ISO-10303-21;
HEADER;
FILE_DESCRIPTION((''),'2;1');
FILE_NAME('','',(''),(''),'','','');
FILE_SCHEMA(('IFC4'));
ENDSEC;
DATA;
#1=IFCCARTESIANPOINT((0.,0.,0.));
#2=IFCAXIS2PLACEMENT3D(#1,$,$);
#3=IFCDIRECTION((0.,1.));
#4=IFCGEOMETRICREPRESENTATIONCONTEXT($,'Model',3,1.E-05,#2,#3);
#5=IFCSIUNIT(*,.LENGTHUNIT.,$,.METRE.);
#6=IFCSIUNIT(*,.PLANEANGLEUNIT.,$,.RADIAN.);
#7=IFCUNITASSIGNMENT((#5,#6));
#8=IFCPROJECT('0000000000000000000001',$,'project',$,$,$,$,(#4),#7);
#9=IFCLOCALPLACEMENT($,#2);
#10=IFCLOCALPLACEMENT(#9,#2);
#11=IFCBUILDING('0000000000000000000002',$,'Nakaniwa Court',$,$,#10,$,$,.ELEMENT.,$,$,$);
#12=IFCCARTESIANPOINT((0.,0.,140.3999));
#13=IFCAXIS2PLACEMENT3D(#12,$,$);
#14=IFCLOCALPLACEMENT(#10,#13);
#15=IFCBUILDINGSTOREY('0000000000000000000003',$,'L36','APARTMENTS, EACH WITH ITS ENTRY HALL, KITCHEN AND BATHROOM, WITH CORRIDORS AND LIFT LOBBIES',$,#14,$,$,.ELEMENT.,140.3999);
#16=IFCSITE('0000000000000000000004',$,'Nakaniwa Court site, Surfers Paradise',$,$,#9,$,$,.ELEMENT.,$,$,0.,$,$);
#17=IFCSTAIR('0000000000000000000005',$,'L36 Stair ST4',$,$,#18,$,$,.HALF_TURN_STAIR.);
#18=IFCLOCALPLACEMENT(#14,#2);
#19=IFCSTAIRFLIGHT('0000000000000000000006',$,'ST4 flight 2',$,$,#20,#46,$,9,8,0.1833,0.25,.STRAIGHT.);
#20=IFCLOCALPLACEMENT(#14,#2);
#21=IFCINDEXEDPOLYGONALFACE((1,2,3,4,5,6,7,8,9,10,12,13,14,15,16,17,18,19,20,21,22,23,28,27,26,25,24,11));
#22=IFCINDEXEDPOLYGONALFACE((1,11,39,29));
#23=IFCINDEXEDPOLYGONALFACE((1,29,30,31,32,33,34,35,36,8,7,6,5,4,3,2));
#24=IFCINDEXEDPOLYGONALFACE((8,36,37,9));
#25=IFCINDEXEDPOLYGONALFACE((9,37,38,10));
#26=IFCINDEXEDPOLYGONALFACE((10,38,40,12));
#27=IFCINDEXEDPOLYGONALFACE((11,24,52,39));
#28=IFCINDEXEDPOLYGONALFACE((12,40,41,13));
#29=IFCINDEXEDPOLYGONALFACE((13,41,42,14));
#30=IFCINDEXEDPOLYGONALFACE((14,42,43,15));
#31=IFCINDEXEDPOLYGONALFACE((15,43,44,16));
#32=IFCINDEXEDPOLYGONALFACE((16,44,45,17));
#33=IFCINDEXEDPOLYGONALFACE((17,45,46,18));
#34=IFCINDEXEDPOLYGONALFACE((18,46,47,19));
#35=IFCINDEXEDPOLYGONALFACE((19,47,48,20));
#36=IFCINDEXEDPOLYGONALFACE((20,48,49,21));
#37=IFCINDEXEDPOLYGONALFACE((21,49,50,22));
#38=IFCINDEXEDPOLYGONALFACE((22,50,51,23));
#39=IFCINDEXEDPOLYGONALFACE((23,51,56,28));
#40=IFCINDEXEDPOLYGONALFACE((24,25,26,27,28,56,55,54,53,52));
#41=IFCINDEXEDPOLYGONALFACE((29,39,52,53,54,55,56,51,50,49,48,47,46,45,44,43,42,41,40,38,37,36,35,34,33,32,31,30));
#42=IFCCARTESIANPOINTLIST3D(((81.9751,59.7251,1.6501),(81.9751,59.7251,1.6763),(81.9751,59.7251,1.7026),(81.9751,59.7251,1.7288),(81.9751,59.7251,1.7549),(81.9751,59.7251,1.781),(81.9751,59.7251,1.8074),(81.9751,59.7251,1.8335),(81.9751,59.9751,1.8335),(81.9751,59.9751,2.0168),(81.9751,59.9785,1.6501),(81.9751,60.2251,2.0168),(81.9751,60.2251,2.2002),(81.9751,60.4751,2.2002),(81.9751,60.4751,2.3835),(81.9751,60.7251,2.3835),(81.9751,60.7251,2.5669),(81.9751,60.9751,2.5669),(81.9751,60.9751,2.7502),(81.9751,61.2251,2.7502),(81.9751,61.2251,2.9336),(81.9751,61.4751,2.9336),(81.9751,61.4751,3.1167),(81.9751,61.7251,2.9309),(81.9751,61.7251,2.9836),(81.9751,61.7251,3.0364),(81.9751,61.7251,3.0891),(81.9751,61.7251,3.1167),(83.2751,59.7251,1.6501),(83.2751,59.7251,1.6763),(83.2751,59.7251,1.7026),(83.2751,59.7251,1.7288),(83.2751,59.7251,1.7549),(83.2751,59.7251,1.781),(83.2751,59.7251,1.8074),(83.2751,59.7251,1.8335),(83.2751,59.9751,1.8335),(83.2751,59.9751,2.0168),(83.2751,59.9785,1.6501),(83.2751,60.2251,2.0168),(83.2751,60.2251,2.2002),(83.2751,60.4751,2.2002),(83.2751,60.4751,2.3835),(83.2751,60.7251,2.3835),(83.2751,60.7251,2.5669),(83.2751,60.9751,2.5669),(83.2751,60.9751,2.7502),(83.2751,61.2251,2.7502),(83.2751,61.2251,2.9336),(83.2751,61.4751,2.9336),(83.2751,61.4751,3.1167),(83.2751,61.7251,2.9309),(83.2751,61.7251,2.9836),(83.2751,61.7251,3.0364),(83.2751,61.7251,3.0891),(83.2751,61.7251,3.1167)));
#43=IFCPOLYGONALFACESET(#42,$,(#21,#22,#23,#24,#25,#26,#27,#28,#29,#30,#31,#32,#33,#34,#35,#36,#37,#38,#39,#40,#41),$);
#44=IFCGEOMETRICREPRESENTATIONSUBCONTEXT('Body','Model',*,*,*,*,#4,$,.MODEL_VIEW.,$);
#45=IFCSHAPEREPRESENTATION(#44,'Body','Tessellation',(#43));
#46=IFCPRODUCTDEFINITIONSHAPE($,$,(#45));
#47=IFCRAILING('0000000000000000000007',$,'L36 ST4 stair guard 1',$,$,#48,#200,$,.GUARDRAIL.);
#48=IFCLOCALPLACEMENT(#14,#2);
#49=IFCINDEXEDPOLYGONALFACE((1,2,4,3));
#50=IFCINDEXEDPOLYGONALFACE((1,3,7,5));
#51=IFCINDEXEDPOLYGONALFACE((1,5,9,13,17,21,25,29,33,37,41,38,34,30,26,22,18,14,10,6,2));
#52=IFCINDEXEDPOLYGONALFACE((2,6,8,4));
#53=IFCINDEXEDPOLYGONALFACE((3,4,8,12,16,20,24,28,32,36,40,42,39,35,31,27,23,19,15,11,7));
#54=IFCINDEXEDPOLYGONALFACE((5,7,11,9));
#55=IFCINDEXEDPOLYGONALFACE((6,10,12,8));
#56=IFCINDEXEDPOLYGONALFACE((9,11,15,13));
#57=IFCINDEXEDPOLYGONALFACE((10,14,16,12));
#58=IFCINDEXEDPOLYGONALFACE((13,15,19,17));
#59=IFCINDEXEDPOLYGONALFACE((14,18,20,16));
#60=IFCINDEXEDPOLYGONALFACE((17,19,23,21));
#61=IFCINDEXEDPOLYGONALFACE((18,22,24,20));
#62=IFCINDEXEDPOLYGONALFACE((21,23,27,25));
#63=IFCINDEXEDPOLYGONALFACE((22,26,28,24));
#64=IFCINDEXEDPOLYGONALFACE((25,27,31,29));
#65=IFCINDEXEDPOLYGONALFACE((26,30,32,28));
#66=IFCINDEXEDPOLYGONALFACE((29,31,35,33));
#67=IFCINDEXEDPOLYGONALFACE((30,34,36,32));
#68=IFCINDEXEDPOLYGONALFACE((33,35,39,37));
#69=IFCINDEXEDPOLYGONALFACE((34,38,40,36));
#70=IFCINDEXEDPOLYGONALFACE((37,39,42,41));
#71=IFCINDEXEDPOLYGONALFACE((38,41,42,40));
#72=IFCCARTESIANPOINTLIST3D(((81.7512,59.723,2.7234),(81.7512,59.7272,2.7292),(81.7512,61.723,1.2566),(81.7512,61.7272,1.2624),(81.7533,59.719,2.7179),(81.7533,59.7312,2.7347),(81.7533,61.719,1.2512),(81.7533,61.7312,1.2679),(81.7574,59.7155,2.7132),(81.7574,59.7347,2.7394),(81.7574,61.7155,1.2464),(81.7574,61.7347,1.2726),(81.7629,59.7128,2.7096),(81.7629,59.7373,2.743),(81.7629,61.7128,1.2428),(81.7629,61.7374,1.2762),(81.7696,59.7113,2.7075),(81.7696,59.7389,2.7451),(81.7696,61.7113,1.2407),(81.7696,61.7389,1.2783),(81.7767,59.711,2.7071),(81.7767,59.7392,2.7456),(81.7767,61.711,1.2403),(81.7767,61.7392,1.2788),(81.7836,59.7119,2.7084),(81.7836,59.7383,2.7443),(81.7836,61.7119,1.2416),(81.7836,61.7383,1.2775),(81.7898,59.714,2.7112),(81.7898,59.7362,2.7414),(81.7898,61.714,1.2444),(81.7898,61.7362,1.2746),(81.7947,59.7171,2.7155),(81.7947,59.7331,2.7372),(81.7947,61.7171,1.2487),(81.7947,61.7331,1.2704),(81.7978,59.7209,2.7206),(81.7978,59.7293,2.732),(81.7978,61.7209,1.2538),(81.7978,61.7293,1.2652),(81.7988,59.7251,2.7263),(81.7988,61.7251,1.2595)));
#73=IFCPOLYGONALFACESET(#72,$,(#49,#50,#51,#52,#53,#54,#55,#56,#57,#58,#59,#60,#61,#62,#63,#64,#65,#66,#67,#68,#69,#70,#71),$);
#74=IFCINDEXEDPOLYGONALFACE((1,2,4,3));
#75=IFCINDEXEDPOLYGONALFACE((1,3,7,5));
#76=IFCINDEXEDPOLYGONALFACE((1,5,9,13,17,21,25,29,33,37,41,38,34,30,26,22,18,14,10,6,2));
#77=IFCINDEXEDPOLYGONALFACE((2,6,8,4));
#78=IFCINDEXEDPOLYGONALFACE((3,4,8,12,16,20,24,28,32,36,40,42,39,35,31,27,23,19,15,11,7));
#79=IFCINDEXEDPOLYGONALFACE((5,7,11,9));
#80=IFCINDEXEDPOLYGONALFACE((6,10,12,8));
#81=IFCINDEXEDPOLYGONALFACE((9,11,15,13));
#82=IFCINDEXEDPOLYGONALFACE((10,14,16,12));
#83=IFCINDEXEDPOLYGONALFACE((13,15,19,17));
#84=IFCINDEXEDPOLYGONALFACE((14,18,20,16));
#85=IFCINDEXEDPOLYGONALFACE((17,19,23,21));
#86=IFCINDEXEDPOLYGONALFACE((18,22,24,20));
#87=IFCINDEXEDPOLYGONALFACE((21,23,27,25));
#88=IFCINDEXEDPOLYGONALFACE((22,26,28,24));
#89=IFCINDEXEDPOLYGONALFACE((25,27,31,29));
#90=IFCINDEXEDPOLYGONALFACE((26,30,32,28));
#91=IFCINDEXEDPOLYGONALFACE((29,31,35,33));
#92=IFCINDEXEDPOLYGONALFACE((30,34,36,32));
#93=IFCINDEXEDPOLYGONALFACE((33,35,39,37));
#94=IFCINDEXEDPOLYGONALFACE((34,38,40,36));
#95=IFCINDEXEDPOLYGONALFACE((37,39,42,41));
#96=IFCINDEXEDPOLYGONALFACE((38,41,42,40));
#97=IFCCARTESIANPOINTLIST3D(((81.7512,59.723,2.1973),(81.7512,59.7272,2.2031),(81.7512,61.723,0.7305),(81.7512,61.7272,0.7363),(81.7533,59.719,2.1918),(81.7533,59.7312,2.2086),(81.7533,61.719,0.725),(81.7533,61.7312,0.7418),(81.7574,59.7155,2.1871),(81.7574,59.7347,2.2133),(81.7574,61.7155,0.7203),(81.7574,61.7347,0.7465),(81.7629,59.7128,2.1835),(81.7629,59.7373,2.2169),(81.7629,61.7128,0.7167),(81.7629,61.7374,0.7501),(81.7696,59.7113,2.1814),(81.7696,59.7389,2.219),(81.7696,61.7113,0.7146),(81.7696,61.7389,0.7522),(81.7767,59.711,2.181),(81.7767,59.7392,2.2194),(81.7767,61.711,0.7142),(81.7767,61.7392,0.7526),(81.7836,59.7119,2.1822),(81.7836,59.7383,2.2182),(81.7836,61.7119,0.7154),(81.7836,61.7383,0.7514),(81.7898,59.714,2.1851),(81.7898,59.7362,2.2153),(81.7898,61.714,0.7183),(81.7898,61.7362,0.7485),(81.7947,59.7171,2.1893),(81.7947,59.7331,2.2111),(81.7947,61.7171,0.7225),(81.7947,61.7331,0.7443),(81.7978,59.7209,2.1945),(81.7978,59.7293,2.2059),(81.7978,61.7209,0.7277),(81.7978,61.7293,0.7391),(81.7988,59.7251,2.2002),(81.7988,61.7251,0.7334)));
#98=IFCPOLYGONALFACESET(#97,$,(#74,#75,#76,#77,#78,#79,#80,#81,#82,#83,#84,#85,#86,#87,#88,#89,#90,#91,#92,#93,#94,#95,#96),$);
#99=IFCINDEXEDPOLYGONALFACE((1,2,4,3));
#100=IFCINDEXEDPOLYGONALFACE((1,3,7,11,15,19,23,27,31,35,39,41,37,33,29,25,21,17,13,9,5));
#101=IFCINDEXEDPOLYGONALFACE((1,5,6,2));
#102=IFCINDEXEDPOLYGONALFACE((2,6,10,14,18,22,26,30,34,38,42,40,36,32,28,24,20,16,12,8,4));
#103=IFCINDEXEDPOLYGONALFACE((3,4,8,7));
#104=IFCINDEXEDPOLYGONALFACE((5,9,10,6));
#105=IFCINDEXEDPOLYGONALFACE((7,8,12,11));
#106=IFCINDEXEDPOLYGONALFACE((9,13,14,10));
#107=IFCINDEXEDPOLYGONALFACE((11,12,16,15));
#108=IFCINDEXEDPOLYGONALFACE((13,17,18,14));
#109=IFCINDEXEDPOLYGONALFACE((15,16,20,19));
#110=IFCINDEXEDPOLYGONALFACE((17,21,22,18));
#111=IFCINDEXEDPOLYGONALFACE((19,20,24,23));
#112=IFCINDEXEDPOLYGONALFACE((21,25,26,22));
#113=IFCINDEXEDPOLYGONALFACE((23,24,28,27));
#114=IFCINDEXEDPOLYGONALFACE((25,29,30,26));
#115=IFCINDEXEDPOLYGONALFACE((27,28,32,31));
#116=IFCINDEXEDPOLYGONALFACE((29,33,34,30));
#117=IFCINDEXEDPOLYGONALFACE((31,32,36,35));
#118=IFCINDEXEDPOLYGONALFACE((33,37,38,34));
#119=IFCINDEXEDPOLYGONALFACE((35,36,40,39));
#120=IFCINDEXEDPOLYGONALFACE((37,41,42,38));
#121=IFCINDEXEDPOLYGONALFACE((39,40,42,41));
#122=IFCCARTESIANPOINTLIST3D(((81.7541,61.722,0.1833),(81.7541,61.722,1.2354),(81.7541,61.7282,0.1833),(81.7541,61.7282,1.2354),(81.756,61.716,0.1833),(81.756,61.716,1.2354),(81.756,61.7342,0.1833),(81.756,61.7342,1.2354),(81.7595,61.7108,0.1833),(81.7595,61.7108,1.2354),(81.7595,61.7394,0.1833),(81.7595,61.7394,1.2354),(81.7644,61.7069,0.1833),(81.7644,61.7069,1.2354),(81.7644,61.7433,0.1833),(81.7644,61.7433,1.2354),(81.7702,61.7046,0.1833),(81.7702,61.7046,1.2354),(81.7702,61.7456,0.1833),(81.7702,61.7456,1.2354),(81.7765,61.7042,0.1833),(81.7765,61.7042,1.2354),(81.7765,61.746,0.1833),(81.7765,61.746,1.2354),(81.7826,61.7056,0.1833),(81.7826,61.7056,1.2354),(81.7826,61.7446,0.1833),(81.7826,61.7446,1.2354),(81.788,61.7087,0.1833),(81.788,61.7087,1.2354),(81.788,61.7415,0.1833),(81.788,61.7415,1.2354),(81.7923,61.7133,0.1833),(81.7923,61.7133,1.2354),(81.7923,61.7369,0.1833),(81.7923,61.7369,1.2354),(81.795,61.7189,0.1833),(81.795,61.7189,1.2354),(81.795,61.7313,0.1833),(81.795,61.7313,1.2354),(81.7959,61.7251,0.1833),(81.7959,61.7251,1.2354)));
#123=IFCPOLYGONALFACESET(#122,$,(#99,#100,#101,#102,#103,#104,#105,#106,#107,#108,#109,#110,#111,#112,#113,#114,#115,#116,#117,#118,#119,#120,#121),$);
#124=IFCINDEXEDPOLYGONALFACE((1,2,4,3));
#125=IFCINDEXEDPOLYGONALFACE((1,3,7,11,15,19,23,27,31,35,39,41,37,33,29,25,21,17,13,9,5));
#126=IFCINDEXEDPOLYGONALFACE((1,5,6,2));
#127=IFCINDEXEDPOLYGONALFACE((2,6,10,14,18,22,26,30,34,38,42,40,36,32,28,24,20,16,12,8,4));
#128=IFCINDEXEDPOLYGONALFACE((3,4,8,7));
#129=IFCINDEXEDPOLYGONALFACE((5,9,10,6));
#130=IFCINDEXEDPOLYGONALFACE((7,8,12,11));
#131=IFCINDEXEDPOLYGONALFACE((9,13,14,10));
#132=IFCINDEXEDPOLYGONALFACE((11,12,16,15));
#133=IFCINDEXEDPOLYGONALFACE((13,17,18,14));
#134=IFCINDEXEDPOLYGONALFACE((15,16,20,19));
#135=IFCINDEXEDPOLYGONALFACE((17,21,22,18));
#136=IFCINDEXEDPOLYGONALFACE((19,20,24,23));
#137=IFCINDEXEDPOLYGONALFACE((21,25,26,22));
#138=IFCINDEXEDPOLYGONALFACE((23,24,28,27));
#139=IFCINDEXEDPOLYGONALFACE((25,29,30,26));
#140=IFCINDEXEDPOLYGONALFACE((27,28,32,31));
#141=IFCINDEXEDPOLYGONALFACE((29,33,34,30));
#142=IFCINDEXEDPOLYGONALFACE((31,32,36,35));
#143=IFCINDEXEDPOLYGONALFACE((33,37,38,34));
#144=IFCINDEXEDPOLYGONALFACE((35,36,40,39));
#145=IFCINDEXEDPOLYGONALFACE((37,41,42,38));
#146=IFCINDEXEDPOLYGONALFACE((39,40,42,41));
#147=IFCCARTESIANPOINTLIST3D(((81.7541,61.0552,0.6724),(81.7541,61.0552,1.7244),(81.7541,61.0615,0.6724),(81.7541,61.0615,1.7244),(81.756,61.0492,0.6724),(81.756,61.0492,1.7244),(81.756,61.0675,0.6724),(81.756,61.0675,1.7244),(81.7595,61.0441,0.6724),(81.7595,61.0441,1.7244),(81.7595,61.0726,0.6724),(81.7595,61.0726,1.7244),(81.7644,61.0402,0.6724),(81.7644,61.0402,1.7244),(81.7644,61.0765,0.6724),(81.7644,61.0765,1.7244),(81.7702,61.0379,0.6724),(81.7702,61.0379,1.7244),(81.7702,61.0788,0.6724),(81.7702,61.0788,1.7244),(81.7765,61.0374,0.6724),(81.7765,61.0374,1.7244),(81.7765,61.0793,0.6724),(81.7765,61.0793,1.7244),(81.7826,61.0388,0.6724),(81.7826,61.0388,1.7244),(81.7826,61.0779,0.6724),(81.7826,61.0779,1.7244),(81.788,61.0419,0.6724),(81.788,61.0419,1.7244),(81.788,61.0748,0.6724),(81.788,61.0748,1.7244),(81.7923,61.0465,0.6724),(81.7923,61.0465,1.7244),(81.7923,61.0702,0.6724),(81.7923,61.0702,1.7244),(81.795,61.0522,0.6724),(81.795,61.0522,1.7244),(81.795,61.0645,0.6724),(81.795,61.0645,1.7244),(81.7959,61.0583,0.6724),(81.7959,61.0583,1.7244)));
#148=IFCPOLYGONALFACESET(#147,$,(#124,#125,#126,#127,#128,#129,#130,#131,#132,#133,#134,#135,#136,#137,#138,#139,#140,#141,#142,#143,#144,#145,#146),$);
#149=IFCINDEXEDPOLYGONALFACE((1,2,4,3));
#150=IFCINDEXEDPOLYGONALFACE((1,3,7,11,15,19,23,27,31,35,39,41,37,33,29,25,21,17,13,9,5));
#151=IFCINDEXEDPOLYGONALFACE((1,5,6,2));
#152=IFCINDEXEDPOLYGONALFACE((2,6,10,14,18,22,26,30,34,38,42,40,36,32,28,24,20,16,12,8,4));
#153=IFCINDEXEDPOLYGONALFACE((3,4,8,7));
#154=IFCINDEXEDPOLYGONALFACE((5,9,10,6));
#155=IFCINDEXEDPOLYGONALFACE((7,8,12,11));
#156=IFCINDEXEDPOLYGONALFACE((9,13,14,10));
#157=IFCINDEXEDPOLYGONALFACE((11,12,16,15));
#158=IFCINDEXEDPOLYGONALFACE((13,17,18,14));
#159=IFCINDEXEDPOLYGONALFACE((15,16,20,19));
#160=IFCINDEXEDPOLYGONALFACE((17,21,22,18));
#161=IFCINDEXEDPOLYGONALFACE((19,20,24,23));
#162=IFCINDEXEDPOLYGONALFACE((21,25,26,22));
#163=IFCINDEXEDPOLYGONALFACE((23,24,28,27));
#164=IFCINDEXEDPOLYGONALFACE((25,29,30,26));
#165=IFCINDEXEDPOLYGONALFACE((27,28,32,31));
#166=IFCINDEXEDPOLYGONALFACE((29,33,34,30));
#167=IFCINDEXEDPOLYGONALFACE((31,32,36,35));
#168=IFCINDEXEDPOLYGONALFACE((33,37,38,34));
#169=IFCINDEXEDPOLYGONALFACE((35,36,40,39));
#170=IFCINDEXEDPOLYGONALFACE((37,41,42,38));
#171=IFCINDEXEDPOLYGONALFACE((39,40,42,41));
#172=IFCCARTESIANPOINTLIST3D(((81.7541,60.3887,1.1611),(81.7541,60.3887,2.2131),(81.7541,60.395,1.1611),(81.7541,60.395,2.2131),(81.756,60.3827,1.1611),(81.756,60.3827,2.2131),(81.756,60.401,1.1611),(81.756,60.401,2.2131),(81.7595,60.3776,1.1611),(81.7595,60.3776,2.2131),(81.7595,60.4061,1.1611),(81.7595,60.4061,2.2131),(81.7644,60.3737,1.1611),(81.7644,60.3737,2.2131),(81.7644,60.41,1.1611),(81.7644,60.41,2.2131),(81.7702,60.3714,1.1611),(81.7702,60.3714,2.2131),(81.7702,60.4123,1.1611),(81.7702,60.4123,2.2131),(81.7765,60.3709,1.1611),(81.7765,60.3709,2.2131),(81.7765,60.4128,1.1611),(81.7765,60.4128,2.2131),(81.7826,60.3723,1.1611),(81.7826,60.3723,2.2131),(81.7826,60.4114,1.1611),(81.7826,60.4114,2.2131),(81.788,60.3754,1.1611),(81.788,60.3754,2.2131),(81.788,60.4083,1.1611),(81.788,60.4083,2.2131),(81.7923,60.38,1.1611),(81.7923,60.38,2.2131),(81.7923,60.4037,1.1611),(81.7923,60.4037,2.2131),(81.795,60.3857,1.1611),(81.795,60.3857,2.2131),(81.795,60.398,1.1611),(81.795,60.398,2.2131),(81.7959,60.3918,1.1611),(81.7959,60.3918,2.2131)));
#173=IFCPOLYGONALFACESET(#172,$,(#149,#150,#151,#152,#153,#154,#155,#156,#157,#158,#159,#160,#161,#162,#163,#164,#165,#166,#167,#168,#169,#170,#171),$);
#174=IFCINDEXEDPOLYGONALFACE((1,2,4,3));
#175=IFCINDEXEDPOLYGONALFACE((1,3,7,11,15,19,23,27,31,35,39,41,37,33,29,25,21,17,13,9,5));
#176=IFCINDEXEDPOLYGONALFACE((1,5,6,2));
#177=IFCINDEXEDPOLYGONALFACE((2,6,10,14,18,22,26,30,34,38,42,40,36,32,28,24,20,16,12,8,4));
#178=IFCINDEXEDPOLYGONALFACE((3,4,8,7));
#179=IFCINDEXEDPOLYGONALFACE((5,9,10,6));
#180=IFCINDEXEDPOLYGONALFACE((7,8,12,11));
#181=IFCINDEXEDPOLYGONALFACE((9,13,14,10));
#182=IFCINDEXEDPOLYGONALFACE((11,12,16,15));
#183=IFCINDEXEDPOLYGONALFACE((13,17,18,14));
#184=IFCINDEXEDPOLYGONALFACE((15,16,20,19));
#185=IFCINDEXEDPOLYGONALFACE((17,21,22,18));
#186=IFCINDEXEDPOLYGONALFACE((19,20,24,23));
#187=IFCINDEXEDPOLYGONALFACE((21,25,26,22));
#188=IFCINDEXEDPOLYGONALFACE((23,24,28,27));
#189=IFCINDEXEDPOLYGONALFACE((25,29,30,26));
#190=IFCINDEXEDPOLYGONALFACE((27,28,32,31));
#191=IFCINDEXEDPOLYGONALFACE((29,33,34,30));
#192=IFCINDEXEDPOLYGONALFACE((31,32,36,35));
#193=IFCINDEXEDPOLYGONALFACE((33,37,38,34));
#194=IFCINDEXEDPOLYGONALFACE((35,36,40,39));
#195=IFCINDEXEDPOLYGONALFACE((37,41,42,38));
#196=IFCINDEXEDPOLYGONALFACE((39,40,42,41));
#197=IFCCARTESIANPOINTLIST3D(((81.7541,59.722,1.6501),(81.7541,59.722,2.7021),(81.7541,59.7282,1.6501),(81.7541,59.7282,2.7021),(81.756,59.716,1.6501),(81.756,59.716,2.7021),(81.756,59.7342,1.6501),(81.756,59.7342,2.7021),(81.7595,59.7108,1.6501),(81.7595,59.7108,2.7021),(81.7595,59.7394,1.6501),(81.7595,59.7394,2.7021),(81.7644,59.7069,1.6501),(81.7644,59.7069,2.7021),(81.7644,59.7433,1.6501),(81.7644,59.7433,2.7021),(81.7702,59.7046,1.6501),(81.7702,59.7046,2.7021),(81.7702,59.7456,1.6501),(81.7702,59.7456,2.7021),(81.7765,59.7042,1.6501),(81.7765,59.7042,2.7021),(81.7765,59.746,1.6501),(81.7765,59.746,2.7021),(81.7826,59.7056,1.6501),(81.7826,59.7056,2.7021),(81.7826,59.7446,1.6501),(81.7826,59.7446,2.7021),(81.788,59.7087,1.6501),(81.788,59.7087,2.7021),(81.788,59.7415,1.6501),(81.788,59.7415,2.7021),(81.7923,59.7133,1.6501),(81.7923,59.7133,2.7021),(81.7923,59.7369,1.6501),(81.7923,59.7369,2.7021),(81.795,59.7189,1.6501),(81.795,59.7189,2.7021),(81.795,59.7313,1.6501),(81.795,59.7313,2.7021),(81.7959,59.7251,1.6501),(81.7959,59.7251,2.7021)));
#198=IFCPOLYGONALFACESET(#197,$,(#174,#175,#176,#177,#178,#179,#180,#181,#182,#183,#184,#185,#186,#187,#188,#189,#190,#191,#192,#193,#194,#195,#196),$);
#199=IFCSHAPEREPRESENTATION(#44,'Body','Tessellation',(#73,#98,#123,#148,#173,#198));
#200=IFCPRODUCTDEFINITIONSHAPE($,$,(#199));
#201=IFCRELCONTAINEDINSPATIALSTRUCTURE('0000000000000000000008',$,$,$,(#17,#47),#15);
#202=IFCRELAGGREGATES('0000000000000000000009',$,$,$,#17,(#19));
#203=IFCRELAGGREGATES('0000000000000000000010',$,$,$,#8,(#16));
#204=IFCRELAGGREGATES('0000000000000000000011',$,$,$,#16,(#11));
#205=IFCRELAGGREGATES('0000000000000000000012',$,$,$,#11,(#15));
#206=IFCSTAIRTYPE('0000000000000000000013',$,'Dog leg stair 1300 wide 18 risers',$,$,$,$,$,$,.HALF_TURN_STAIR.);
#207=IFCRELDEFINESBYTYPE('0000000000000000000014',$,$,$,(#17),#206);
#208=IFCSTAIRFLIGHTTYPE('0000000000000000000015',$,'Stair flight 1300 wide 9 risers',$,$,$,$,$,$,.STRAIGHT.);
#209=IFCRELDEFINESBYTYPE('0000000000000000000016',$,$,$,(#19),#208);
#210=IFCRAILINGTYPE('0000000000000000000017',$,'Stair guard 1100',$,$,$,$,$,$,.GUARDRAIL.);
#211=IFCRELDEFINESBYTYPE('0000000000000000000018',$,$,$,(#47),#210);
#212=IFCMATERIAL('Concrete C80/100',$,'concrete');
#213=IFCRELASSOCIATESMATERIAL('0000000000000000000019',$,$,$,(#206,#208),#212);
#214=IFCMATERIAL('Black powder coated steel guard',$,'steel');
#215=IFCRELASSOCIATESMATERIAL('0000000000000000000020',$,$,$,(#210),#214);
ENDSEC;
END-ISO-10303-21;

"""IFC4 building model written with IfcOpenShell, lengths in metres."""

from ifc_helpers import new_model, si_unit, direction, frame, origin, origin_2d, place, context, subcontext, project, spatial, polyline, circle, outline, extrude, material, type_object, element, aggregate, save


model = new_model("IFC4")

# Units and contexts
model_context = context("Model", 3, precision=1e-05, world=origin(), true_north=direction((0.0, 1.0)))
body_context = subcontext(model_context, "Body", "Model", "MODEL_VIEW")
ifc_project = project(units=[si_unit("LENGTHUNIT", "METRE"), si_unit("PLANEANGLEUNIT", "RADIAN")], contexts=[model_context])

# Site, building, storey
site_placement = place(None, origin())
site = spatial("IfcSite", under=ifc_project, at=site_placement, Name="Nakaniwa Court site, Surfers Paradise", CompositionType="ELEMENT", RefElevation=0.0)
building_placement = place(site_placement, origin())
building = spatial("IfcBuilding", under=site, at=building_placement, Name="Nakaniwa Court", CompositionType="ELEMENT")
storey_placement = place(building_placement, frame((0.0, 0.0, 140.3999)))
storey = spatial("IfcBuildingStorey", under=building, at=storey_placement, Name="L36", Description="APARTMENTS, EACH WITH ITS ENTRY HALL, KITCHEN AND BATHROOM, WITH CORRIDORS AND LIFT LOBBIES", CompositionType="ELEMENT", Elevation=140.3999)

# Shared definitions
ifc_material_1 = material(Name="Concrete C80/100", Category="concrete")

# Stair, stair flight
stair_type = type_object("IfcStairType", Name="Dog leg stair 1300 wide 18 risers", PredefinedType="HALF_TURN_STAIR", material=ifc_material_1)
stair_placement = place(storey_placement, origin())
stair = element("IfcStair", 1, at=stair_placement, inside=storey, type_object=stair_type, Name="L36 Stair ST4", PredefinedType="HALF_TURN_STAIR")
stair_flight_type = type_object("IfcStairFlightType", Name="Stair flight 1300 wide 9 risers", PredefinedType="STRAIGHT", material=ifc_material_1)
stair_flight_1_placement = place(storey_placement, frame((82.625, 59.7251, 1.6501), z_axis=(0.0, 0.0, 1.0), x_axis=(0.0, 1.0, 0.0)))
stair_flight_1 = element("IfcStairFlight", 2, at=stair_flight_1_placement, type_object=stair_flight_type, Name="ST4 flight 2", NumberOfRisers=9, NumberOfTreads=8, PredefinedType="STRAIGHT", RiserHeight=0.1833, TreadLength=0.25, context=body_context, shape_type="SweptSolid", body=[
    extrude(outline(polyline([(0.0, 0.0), (0.0, 0.0261), (0.0, 0.0525), (0.0, 0.0786), (0.0, 0.1047), (0.0, 0.1309), (0.0, 0.1572), (0.0, 0.1833), (0.25, 0.1833), (0.25, 0.3667), (0.5, 0.3667), (0.5, 0.55), (0.75, 0.55), (0.75, 0.7334), (1.0, 0.7334), (1.0, 0.9167), (1.25, 0.9167), (1.25, 1.1001), (1.5, 1.1001), (1.5, 1.2834), (1.75, 1.2834), (1.75, 1.4666), (2.0, 1.4666), (2.0, 1.6499), (2.0, 1.5972), (2.0, 1.5444), (2.0, 1.4917), (2.0, 1.439), (2.0, 1.3862), (2.0, 1.3335), (2.0, 1.2808), (0.2534, 0.0), (0.0, 0.0)])), frame((0.0, 0.6499, 0.0), z_axis=(0.0, -1.0, 0.0), x_axis=(1.0, 0.0, 0.0)), (0.0, 0.0, 1.0), 1.3),
])
aggregate(stair, [stair_flight_1])

# Railing
ifc_material_2 = material(Name="Black powder coated steel guard", Category="steel")
railing_type_1 = type_object("IfcRailingType", Name="Stair guard 1100", PredefinedType="GUARDRAIL", material=ifc_material_2)
railing_1_placement = place(storey_placement, frame((81.7749, 61.7251, 0.1833)))
element("IfcRailing", 3, at=railing_1_placement, inside=storey, type_object=railing_type_1, Name="L36 ST4 stair guard 1", PredefinedType="GUARDRAIL", context=body_context, shape_type="SweptSolid", body=[
    extrude(circle(Radius=0.0239, at=origin_2d()), frame((0.0, 0.0, 1.0762), z_axis=(0.0, -0.80638, 0.591398), x_axis=(1.0, 0.0, 0.0)), (0.0, 0.0, 1.0), 2.4802),
    extrude(circle(Radius=0.0239, at=origin_2d()), frame((0.0, 0.0, 0.55), z_axis=(0.0, -0.80638, 0.591398), x_axis=(1.0, 0.0, 0.0)), (0.0, 0.0, 1.0), 2.4802),
    extrude(circle(Radius=0.021, at=origin_2d()), origin(), (0.0, 0.0, 1.0), 1.052),
    extrude(circle(Radius=0.021, at=origin_2d()), frame((0.0, -0.6667, 0.489)), (0.0, 0.0, 1.0), 1.052),
    extrude(circle(Radius=0.021, at=origin_2d()), frame((0.0, -1.3333, 0.9778)), (0.0, 0.0, 1.0), 1.052),
    extrude(circle(Radius=0.021, at=origin_2d()), frame((0.0, -2.0, 1.4668)), (0.0, 0.0, 1.0), 1.052),
])

save(model, "model.ifc")
